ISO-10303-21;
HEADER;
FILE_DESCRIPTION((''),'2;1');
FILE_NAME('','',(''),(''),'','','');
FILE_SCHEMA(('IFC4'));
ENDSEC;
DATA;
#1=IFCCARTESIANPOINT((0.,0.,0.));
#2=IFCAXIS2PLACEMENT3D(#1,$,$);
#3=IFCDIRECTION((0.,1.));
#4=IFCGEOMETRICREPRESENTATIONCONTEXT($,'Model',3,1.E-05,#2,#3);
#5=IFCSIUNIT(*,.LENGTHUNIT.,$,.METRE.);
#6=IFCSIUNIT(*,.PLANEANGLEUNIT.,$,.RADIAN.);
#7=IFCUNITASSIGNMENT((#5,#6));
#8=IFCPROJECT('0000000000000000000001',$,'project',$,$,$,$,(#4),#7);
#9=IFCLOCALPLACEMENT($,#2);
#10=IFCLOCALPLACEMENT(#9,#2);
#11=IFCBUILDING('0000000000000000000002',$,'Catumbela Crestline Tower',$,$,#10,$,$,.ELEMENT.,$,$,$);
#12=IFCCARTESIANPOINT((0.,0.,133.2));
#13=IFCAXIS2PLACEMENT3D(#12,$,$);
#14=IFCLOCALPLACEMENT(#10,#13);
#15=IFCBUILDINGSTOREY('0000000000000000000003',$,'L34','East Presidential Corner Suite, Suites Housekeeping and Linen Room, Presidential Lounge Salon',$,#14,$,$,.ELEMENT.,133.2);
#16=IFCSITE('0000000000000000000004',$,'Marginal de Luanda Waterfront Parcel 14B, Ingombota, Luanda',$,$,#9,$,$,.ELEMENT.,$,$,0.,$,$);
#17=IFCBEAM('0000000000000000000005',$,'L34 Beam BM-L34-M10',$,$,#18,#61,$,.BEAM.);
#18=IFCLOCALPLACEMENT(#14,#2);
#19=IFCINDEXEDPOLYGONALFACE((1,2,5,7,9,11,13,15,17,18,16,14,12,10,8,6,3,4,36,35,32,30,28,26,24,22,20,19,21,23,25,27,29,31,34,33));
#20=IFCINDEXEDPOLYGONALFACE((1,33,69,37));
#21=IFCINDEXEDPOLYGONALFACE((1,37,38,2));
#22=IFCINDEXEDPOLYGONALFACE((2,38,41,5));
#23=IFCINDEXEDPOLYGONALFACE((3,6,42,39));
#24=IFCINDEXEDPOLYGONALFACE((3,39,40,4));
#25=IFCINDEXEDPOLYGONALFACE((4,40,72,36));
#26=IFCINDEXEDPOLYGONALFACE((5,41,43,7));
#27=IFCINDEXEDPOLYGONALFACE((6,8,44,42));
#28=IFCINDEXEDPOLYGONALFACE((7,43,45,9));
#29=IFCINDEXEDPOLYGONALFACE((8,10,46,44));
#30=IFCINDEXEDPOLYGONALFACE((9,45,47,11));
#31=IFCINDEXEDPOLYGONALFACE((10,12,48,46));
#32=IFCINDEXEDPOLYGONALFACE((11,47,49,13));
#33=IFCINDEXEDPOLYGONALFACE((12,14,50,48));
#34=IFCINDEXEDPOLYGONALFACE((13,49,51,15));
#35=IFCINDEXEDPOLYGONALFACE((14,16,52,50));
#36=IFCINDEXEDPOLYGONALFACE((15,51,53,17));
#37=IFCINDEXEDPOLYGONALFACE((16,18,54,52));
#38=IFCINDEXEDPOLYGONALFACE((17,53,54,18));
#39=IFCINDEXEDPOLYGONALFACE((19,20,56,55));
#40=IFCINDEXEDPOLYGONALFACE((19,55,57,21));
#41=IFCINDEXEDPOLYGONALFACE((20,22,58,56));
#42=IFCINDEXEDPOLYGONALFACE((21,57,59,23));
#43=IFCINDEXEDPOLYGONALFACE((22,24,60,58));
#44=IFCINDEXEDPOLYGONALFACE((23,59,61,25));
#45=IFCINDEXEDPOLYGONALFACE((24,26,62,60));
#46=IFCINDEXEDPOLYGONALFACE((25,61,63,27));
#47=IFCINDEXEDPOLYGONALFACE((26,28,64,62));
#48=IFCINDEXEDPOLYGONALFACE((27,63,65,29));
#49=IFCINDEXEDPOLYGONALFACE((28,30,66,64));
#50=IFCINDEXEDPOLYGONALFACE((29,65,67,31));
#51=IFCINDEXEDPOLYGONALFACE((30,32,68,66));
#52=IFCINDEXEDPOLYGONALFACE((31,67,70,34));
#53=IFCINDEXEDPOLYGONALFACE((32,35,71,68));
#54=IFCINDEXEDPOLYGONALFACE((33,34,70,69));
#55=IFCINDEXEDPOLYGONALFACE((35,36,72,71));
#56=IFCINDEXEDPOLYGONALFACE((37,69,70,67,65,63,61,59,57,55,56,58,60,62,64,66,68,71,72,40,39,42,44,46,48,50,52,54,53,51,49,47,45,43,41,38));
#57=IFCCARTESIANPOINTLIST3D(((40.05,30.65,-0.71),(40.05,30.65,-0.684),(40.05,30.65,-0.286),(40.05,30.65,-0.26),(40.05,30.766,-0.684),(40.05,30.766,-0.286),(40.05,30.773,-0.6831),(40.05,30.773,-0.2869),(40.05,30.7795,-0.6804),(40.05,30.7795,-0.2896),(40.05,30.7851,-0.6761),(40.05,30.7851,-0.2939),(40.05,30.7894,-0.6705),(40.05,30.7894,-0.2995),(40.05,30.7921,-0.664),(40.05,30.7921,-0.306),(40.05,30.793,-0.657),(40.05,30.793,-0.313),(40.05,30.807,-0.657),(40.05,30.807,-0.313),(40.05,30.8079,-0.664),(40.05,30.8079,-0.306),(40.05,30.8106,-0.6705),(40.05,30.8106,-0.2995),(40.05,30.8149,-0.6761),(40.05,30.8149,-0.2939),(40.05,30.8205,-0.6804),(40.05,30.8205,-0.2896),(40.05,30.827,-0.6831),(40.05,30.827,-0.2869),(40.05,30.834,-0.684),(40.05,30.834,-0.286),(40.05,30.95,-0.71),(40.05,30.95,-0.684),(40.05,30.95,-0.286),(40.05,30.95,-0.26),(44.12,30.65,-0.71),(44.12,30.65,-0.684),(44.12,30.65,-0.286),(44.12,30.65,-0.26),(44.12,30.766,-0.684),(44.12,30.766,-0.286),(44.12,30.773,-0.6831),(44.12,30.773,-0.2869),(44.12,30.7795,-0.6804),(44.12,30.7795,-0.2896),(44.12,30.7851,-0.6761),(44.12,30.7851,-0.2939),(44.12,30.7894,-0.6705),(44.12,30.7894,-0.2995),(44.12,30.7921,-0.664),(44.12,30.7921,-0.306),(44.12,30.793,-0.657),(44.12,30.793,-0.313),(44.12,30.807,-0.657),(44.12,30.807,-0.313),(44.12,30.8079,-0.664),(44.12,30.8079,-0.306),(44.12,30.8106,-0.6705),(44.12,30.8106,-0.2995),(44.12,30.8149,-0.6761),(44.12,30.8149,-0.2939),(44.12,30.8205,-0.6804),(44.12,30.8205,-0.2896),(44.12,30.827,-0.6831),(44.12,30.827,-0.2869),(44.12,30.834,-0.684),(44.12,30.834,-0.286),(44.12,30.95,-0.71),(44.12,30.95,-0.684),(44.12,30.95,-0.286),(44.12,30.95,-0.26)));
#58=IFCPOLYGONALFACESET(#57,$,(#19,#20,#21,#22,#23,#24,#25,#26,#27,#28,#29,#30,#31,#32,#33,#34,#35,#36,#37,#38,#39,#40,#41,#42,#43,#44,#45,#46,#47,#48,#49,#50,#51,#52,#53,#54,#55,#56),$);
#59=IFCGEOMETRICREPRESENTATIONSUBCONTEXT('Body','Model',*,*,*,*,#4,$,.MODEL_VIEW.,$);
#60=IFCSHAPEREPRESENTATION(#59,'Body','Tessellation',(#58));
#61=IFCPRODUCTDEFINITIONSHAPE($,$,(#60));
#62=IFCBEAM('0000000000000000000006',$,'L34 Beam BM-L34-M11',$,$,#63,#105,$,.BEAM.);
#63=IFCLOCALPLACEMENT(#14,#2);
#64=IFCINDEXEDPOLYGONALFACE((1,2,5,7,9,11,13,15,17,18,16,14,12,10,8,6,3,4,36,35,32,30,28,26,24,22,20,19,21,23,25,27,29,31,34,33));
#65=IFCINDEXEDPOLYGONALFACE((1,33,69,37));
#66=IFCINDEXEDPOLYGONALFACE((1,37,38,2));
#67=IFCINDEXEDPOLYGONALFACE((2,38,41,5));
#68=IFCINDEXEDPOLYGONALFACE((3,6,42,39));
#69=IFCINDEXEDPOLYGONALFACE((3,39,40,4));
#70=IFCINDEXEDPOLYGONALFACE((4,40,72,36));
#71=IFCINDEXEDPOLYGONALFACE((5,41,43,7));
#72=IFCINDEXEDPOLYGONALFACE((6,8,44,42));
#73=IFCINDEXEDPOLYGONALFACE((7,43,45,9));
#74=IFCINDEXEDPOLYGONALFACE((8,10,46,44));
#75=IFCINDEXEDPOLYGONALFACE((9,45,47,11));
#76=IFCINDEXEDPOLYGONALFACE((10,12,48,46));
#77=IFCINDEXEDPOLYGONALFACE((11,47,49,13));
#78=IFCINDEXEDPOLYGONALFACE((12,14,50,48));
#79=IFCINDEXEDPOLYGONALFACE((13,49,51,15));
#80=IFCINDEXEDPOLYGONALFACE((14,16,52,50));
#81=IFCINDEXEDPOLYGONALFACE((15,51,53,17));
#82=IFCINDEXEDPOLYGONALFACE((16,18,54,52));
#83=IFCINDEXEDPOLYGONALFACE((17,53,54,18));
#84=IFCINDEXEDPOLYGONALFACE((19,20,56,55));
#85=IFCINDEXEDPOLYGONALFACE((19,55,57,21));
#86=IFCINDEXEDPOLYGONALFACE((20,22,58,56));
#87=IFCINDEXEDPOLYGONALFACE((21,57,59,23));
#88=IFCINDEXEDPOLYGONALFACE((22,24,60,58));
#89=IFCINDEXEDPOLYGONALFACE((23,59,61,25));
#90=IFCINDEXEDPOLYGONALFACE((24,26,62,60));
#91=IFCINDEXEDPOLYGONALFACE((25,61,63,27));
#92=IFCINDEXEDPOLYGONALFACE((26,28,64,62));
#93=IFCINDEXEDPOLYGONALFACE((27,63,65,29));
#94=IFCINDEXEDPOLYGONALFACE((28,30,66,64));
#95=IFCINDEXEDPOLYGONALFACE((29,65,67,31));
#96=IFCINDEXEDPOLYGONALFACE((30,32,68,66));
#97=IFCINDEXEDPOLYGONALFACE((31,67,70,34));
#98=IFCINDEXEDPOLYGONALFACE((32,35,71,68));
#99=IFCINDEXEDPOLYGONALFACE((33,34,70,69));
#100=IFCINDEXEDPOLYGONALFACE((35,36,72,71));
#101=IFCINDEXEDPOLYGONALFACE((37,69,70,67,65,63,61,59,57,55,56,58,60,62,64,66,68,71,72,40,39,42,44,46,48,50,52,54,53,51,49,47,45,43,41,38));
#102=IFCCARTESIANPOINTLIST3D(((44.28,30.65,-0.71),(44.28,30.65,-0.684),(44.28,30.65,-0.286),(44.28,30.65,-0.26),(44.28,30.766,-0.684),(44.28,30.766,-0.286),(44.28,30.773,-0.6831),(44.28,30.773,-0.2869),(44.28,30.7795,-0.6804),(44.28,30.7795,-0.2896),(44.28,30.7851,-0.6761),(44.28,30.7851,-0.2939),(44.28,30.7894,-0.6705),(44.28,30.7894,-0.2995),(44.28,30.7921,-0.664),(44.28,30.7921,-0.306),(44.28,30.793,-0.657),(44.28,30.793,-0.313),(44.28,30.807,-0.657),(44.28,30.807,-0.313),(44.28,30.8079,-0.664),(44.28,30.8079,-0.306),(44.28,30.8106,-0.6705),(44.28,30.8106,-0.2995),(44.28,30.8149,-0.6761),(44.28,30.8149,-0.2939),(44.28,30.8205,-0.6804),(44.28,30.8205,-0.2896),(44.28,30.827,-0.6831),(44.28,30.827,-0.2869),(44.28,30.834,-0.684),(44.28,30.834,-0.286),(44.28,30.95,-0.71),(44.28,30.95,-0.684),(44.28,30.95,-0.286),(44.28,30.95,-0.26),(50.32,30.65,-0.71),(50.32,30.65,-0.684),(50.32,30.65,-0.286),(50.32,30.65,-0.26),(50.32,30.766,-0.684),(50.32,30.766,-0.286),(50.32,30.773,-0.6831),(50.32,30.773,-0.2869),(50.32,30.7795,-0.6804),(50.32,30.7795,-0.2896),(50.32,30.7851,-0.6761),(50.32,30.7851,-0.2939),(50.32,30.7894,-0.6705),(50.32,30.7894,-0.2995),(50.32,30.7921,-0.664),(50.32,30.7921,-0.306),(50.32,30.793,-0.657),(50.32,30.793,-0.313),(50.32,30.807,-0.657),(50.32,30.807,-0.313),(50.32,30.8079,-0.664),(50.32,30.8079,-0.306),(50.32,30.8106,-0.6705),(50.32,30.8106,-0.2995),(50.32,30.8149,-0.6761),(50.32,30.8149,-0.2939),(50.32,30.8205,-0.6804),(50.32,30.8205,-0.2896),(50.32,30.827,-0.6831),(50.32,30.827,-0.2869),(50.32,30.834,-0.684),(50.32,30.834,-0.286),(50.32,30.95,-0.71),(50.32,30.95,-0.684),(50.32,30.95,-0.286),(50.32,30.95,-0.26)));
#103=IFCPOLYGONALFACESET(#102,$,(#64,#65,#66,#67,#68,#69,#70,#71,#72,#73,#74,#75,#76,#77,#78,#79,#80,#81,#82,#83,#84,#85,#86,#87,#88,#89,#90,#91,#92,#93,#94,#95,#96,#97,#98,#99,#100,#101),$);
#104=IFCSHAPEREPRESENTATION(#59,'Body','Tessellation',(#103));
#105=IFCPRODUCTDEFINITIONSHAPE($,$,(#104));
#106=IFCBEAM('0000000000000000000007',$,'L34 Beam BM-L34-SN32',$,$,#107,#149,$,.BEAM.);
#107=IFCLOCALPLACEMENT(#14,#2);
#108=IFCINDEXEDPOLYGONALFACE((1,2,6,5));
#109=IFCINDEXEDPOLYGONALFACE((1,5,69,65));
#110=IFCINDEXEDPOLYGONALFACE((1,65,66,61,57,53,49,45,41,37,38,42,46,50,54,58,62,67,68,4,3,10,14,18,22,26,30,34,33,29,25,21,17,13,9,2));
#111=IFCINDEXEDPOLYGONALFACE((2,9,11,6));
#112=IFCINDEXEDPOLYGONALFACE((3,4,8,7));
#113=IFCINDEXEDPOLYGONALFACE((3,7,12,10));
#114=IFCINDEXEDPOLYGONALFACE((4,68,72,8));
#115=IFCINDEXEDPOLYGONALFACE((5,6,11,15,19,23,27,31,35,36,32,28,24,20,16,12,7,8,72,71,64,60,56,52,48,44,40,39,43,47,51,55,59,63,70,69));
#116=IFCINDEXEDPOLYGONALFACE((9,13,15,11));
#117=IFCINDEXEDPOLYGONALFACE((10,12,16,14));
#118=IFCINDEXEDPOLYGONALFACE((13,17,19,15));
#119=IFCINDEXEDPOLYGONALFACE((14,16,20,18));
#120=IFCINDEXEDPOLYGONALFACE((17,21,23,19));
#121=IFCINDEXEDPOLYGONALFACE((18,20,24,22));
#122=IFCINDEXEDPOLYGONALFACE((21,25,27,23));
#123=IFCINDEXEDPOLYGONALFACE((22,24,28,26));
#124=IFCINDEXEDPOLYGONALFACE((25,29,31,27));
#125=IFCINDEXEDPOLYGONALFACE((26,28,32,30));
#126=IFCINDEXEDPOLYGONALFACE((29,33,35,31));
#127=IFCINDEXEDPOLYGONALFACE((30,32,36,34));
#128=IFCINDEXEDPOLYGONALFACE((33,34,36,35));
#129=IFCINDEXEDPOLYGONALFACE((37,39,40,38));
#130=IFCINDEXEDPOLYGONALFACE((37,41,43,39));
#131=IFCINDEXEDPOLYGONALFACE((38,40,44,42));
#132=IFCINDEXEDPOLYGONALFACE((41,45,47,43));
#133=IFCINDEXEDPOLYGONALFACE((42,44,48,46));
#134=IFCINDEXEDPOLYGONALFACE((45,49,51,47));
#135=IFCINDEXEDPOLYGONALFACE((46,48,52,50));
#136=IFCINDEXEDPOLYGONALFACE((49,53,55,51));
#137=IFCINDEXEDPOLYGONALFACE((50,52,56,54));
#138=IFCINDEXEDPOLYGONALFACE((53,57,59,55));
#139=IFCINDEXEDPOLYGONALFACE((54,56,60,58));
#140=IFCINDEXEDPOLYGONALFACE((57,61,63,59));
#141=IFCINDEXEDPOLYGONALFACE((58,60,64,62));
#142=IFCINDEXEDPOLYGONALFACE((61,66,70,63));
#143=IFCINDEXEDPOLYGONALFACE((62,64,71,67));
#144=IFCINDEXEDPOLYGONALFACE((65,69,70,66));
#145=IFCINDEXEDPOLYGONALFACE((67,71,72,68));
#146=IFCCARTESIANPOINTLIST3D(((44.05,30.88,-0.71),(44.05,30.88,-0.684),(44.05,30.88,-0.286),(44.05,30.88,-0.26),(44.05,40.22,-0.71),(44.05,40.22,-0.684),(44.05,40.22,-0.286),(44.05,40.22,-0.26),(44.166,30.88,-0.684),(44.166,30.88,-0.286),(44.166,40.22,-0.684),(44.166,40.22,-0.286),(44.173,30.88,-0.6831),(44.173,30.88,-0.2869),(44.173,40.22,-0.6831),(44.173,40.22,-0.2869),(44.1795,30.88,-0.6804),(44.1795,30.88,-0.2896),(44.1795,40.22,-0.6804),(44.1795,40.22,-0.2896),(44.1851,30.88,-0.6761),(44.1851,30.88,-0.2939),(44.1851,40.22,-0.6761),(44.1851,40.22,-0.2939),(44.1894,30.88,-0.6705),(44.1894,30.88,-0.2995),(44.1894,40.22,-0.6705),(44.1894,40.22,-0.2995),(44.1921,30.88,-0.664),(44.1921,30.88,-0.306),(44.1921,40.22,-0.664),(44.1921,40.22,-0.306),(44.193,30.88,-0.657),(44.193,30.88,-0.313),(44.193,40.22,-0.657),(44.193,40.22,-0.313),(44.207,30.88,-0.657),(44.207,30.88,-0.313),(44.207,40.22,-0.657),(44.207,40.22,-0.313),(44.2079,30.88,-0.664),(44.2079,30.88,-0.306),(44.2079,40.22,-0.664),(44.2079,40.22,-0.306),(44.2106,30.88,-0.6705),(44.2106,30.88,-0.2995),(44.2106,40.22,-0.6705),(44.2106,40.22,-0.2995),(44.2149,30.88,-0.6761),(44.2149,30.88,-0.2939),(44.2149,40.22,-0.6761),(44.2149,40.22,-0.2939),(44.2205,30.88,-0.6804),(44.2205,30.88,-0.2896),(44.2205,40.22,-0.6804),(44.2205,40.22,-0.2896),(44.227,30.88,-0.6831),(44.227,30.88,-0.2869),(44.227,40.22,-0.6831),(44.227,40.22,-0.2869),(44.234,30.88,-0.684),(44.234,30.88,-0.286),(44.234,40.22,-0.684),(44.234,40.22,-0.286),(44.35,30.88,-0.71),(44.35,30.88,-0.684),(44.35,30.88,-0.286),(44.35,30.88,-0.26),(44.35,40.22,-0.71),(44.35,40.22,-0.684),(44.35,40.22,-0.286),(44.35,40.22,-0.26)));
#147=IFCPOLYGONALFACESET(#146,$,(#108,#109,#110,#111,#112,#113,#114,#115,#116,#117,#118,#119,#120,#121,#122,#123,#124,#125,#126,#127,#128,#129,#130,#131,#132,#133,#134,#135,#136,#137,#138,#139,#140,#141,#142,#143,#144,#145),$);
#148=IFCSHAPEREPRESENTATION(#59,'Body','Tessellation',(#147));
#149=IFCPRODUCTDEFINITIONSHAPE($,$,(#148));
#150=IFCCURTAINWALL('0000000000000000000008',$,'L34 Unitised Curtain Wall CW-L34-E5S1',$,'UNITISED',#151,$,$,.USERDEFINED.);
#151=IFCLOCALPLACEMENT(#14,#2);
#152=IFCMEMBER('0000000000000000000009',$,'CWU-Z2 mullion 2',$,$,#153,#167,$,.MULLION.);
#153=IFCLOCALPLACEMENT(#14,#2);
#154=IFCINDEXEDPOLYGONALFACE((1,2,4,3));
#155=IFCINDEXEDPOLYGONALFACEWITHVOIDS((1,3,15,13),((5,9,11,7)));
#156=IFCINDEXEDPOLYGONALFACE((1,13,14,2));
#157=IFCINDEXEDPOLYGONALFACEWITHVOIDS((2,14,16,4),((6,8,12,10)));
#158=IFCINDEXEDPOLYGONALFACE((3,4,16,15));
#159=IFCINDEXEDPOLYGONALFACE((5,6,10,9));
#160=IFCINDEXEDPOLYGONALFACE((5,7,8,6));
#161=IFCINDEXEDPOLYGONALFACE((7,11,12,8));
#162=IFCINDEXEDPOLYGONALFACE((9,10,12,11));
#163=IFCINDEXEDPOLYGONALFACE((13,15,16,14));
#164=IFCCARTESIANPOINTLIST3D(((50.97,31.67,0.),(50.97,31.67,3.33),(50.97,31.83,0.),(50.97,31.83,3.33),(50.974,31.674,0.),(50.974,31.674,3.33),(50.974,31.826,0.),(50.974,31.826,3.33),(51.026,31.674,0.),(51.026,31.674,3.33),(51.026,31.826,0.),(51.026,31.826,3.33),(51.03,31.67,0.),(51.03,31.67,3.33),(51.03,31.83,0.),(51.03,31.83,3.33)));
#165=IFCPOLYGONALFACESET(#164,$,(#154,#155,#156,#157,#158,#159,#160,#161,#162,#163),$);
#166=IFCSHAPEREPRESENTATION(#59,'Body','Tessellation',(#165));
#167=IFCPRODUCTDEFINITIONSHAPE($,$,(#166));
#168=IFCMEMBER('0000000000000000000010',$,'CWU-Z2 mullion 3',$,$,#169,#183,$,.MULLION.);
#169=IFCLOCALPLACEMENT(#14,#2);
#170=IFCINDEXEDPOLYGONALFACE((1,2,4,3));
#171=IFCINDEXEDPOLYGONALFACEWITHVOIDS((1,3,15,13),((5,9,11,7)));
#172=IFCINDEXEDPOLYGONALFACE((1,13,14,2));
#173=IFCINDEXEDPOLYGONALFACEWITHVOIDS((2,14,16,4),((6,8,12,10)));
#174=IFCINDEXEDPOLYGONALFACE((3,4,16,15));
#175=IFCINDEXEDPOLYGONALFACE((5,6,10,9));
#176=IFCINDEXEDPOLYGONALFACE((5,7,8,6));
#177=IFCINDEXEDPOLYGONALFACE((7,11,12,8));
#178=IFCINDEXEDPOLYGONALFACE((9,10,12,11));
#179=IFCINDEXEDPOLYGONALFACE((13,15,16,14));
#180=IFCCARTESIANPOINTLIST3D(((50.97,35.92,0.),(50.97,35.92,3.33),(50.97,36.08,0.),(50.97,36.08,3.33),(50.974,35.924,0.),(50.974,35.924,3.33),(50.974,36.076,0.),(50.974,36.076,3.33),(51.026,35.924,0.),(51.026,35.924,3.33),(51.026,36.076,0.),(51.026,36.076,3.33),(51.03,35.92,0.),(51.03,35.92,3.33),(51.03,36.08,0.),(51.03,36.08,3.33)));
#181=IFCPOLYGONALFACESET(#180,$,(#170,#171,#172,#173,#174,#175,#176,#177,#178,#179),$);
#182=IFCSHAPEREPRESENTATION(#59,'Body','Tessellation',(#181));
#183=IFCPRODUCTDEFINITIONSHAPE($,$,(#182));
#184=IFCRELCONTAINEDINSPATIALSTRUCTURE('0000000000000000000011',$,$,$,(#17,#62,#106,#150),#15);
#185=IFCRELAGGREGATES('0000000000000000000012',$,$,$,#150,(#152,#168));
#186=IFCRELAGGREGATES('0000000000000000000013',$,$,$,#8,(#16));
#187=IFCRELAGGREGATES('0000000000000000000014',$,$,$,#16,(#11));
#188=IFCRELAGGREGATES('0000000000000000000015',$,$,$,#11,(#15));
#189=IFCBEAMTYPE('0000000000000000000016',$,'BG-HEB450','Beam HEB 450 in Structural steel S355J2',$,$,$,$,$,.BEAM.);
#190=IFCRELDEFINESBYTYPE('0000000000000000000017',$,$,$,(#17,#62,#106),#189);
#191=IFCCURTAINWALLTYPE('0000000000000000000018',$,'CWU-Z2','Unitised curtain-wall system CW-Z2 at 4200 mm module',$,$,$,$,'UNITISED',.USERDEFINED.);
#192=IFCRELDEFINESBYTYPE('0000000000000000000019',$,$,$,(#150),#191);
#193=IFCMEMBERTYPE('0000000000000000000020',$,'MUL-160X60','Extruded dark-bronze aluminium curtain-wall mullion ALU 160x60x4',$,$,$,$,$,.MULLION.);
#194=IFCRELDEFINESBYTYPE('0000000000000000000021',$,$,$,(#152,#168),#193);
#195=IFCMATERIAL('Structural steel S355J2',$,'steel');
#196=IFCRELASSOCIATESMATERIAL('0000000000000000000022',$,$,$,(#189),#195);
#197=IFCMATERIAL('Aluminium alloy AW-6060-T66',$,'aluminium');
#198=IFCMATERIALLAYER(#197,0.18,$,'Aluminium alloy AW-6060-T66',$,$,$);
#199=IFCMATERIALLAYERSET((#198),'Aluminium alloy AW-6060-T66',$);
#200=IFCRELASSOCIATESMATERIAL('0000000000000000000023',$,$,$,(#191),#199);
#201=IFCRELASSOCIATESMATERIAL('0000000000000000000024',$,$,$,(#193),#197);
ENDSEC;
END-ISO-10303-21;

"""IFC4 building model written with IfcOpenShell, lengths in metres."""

from ifc_helpers import new_model, si_unit, direction, frame, origin, origin_2d, place, context, subcontext, project, spatial, hollow_rectangle, i_section, extrude, material, layer, layer_set, material_profile, profile_set, type_object, element, aggregate, save


model = new_model("IFC4")

# Units and contexts
model_context = context("Model", 3, precision=1e-05, world=origin(), true_north=direction((0.0, 1.0)))
body_context = subcontext(model_context, "Body", "Model", "MODEL_VIEW")
ifc_project = project(units=[si_unit("LENGTHUNIT", "METRE"), si_unit("PLANEANGLEUNIT", "RADIAN")], contexts=[model_context])

# Site, building, storey
site_placement = place(None, origin())
site = spatial("IfcSite", under=ifc_project, at=site_placement, Name="Marginal de Luanda Waterfront Parcel 14B, Ingombota, Luanda", CompositionType="ELEMENT", RefElevation=0.0)
building_placement = place(site_placement, origin())
building = spatial("IfcBuilding", under=site, at=building_placement, Name="Catumbela Crestline Tower", CompositionType="ELEMENT")
storey_placement = place(building_placement, frame((0.0, 0.0, 133.2)))
storey = spatial("IfcBuildingStorey", under=building, at=storey_placement, Name="L34", Description="East Presidential Corner Suite, Suites Housekeeping and Linen Room, Presidential Lounge Salon", CompositionType="ELEMENT", Elevation=133.2)

# Beams
ifc_material_1 = material(Name="Structural steel S355J2", Category="steel")
ifc_material_profile_1 = material_profile(ifc_material_1, i_section(OverallWidth=0.3, OverallDepth=0.45, WebThickness=0.014, FlangeThickness=0.026, FilletRadius=0.027, at=origin_2d()), Name="HEB 450")
ifc_profile_set_1 = profile_set([ifc_material_profile_1], Name="Structural steel S355J2")
beam_type_1 = type_object("IfcBeamType", Name="BG-HEB450", Description="Beam HEB 450 in Structural steel S355J2", PredefinedType="BEAM", material=ifc_profile_set_1)
beam_1_placement = place(storey_placement, frame((40.05, 30.8, -0.485), z_axis=(1.0, 0.0, 0.0), x_axis=(0.0, 1.0, 0.0)))
element("IfcBeam", 1, at=beam_1_placement, inside=storey, type_object=beam_type_1, Name="L34 Beam BM-L34-M10", PredefinedType="BEAM", context=body_context, shape_type="SweptSolid", body=[
    extrude(i_section(OverallWidth=0.3, OverallDepth=0.45, WebThickness=0.014, FlangeThickness=0.026, FilletRadius=0.027, at=origin_2d()), origin(), (0.0, 0.0, 1.0), 4.07),
])
beam_2_placement = place(storey_placement, frame((44.28, 30.8, -0.485), z_axis=(1.0, 0.0, 0.0), x_axis=(0.0, 1.0, 0.0)))
element("IfcBeam", 2, at=beam_2_placement, inside=storey, type_object=beam_type_1, Name="L34 Beam BM-L34-M11", PredefinedType="BEAM", context=body_context, shape_type="SweptSolid", body=[
    extrude(i_section(OverallWidth=0.3, OverallDepth=0.45, WebThickness=0.014, FlangeThickness=0.026, FilletRadius=0.027, at=origin_2d()), origin(), (0.0, 0.0, 1.0), 6.04),
])
beam_3_placement = place(storey_placement, frame((44.2, 30.88, -0.485), z_axis=(0.0, 1.0, 0.0), x_axis=(-1.0, 0.0, 0.0)))
element("IfcBeam", 3, at=beam_3_placement, inside=storey, type_object=beam_type_1, Name="L34 Beam BM-L34-SN32", PredefinedType="BEAM", context=body_context, shape_type="SweptSolid", body=[
    extrude(i_section(OverallWidth=0.3, OverallDepth=0.45, WebThickness=0.014, FlangeThickness=0.026, FilletRadius=0.027, at=origin_2d()), origin(), (0.0, 0.0, 1.0), 9.34),
])

# Curtain wall, members
ifc_material_2 = material(Name="Aluminium alloy AW-6060-T66", Category="aluminium")
ifc_layer_1 = layer(ifc_material_2, 0.18, Name="Aluminium alloy AW-6060-T66")
ifc_layer_set_1 = layer_set([ifc_layer_1], Name="Aluminium alloy AW-6060-T66")
curtain_wall_type = type_object("IfcCurtainWallType", Name="CWU-Z2", Description="Unitised curtain-wall system CW-Z2 at 4200 mm module", ElementType="UNITISED", PredefinedType="USERDEFINED", material=ifc_layer_set_1)
curtain_wall_placement = place(storey_placement, origin())
curtain_wall = element("IfcCurtainWall", 4, at=curtain_wall_placement, inside=storey, type_object=curtain_wall_type, Name="L34 Unitised Curtain Wall CW-L34-E5S1", ObjectType="UNITISED", PredefinedType="USERDEFINED")
ifc_material_profile_2 = material_profile(ifc_material_2, hollow_rectangle(XDim=0.06, YDim=0.16, WallThickness=0.004, at=origin_2d()), Name="ALU 160x60x4")
ifc_profile_set_2 = profile_set([ifc_material_profile_2], Name="Aluminium alloy AW-6060-T66")
member_type_1 = type_object("IfcMemberType", Name="MUL-160X60", Description="Extruded dark-bronze aluminium curtain-wall mullion ALU 160x60x4", PredefinedType="MULLION", material=ifc_profile_set_2)
member_1_placement = place(storey_placement, frame((51.0, 31.75, 0.0), z_axis=(0.0, 0.0, 1.0), x_axis=(-1.0, 0.0, 0.0)))
member_1 = element("IfcMember", 5, at=member_1_placement, type_object=member_type_1, Name="CWU-Z2 mullion 2", PredefinedType="MULLION", context=body_context, shape_type="SweptSolid", body=[
    extrude(hollow_rectangle(XDim=0.06, YDim=0.16, WallThickness=0.004, at=origin_2d()), origin(), (0.0, 0.0, 1.0), 3.33),
])
member_2_placement = place(storey_placement, frame((51.0, 36.0, 0.0), z_axis=(0.0, 0.0, 1.0), x_axis=(-1.0, 0.0, 0.0)))
member_2 = element("IfcMember", 6, at=member_2_placement, type_object=member_type_1, Name="CWU-Z2 mullion 3", PredefinedType="MULLION", context=body_context, shape_type="SweptSolid", body=[
    extrude(hollow_rectangle(XDim=0.06, YDim=0.16, WallThickness=0.004, at=origin_2d()), origin(), (0.0, 0.0, 1.0), 3.33),
])

aggregate(curtain_wall, [member_1, member_2])

save(model, "model.ifc")
